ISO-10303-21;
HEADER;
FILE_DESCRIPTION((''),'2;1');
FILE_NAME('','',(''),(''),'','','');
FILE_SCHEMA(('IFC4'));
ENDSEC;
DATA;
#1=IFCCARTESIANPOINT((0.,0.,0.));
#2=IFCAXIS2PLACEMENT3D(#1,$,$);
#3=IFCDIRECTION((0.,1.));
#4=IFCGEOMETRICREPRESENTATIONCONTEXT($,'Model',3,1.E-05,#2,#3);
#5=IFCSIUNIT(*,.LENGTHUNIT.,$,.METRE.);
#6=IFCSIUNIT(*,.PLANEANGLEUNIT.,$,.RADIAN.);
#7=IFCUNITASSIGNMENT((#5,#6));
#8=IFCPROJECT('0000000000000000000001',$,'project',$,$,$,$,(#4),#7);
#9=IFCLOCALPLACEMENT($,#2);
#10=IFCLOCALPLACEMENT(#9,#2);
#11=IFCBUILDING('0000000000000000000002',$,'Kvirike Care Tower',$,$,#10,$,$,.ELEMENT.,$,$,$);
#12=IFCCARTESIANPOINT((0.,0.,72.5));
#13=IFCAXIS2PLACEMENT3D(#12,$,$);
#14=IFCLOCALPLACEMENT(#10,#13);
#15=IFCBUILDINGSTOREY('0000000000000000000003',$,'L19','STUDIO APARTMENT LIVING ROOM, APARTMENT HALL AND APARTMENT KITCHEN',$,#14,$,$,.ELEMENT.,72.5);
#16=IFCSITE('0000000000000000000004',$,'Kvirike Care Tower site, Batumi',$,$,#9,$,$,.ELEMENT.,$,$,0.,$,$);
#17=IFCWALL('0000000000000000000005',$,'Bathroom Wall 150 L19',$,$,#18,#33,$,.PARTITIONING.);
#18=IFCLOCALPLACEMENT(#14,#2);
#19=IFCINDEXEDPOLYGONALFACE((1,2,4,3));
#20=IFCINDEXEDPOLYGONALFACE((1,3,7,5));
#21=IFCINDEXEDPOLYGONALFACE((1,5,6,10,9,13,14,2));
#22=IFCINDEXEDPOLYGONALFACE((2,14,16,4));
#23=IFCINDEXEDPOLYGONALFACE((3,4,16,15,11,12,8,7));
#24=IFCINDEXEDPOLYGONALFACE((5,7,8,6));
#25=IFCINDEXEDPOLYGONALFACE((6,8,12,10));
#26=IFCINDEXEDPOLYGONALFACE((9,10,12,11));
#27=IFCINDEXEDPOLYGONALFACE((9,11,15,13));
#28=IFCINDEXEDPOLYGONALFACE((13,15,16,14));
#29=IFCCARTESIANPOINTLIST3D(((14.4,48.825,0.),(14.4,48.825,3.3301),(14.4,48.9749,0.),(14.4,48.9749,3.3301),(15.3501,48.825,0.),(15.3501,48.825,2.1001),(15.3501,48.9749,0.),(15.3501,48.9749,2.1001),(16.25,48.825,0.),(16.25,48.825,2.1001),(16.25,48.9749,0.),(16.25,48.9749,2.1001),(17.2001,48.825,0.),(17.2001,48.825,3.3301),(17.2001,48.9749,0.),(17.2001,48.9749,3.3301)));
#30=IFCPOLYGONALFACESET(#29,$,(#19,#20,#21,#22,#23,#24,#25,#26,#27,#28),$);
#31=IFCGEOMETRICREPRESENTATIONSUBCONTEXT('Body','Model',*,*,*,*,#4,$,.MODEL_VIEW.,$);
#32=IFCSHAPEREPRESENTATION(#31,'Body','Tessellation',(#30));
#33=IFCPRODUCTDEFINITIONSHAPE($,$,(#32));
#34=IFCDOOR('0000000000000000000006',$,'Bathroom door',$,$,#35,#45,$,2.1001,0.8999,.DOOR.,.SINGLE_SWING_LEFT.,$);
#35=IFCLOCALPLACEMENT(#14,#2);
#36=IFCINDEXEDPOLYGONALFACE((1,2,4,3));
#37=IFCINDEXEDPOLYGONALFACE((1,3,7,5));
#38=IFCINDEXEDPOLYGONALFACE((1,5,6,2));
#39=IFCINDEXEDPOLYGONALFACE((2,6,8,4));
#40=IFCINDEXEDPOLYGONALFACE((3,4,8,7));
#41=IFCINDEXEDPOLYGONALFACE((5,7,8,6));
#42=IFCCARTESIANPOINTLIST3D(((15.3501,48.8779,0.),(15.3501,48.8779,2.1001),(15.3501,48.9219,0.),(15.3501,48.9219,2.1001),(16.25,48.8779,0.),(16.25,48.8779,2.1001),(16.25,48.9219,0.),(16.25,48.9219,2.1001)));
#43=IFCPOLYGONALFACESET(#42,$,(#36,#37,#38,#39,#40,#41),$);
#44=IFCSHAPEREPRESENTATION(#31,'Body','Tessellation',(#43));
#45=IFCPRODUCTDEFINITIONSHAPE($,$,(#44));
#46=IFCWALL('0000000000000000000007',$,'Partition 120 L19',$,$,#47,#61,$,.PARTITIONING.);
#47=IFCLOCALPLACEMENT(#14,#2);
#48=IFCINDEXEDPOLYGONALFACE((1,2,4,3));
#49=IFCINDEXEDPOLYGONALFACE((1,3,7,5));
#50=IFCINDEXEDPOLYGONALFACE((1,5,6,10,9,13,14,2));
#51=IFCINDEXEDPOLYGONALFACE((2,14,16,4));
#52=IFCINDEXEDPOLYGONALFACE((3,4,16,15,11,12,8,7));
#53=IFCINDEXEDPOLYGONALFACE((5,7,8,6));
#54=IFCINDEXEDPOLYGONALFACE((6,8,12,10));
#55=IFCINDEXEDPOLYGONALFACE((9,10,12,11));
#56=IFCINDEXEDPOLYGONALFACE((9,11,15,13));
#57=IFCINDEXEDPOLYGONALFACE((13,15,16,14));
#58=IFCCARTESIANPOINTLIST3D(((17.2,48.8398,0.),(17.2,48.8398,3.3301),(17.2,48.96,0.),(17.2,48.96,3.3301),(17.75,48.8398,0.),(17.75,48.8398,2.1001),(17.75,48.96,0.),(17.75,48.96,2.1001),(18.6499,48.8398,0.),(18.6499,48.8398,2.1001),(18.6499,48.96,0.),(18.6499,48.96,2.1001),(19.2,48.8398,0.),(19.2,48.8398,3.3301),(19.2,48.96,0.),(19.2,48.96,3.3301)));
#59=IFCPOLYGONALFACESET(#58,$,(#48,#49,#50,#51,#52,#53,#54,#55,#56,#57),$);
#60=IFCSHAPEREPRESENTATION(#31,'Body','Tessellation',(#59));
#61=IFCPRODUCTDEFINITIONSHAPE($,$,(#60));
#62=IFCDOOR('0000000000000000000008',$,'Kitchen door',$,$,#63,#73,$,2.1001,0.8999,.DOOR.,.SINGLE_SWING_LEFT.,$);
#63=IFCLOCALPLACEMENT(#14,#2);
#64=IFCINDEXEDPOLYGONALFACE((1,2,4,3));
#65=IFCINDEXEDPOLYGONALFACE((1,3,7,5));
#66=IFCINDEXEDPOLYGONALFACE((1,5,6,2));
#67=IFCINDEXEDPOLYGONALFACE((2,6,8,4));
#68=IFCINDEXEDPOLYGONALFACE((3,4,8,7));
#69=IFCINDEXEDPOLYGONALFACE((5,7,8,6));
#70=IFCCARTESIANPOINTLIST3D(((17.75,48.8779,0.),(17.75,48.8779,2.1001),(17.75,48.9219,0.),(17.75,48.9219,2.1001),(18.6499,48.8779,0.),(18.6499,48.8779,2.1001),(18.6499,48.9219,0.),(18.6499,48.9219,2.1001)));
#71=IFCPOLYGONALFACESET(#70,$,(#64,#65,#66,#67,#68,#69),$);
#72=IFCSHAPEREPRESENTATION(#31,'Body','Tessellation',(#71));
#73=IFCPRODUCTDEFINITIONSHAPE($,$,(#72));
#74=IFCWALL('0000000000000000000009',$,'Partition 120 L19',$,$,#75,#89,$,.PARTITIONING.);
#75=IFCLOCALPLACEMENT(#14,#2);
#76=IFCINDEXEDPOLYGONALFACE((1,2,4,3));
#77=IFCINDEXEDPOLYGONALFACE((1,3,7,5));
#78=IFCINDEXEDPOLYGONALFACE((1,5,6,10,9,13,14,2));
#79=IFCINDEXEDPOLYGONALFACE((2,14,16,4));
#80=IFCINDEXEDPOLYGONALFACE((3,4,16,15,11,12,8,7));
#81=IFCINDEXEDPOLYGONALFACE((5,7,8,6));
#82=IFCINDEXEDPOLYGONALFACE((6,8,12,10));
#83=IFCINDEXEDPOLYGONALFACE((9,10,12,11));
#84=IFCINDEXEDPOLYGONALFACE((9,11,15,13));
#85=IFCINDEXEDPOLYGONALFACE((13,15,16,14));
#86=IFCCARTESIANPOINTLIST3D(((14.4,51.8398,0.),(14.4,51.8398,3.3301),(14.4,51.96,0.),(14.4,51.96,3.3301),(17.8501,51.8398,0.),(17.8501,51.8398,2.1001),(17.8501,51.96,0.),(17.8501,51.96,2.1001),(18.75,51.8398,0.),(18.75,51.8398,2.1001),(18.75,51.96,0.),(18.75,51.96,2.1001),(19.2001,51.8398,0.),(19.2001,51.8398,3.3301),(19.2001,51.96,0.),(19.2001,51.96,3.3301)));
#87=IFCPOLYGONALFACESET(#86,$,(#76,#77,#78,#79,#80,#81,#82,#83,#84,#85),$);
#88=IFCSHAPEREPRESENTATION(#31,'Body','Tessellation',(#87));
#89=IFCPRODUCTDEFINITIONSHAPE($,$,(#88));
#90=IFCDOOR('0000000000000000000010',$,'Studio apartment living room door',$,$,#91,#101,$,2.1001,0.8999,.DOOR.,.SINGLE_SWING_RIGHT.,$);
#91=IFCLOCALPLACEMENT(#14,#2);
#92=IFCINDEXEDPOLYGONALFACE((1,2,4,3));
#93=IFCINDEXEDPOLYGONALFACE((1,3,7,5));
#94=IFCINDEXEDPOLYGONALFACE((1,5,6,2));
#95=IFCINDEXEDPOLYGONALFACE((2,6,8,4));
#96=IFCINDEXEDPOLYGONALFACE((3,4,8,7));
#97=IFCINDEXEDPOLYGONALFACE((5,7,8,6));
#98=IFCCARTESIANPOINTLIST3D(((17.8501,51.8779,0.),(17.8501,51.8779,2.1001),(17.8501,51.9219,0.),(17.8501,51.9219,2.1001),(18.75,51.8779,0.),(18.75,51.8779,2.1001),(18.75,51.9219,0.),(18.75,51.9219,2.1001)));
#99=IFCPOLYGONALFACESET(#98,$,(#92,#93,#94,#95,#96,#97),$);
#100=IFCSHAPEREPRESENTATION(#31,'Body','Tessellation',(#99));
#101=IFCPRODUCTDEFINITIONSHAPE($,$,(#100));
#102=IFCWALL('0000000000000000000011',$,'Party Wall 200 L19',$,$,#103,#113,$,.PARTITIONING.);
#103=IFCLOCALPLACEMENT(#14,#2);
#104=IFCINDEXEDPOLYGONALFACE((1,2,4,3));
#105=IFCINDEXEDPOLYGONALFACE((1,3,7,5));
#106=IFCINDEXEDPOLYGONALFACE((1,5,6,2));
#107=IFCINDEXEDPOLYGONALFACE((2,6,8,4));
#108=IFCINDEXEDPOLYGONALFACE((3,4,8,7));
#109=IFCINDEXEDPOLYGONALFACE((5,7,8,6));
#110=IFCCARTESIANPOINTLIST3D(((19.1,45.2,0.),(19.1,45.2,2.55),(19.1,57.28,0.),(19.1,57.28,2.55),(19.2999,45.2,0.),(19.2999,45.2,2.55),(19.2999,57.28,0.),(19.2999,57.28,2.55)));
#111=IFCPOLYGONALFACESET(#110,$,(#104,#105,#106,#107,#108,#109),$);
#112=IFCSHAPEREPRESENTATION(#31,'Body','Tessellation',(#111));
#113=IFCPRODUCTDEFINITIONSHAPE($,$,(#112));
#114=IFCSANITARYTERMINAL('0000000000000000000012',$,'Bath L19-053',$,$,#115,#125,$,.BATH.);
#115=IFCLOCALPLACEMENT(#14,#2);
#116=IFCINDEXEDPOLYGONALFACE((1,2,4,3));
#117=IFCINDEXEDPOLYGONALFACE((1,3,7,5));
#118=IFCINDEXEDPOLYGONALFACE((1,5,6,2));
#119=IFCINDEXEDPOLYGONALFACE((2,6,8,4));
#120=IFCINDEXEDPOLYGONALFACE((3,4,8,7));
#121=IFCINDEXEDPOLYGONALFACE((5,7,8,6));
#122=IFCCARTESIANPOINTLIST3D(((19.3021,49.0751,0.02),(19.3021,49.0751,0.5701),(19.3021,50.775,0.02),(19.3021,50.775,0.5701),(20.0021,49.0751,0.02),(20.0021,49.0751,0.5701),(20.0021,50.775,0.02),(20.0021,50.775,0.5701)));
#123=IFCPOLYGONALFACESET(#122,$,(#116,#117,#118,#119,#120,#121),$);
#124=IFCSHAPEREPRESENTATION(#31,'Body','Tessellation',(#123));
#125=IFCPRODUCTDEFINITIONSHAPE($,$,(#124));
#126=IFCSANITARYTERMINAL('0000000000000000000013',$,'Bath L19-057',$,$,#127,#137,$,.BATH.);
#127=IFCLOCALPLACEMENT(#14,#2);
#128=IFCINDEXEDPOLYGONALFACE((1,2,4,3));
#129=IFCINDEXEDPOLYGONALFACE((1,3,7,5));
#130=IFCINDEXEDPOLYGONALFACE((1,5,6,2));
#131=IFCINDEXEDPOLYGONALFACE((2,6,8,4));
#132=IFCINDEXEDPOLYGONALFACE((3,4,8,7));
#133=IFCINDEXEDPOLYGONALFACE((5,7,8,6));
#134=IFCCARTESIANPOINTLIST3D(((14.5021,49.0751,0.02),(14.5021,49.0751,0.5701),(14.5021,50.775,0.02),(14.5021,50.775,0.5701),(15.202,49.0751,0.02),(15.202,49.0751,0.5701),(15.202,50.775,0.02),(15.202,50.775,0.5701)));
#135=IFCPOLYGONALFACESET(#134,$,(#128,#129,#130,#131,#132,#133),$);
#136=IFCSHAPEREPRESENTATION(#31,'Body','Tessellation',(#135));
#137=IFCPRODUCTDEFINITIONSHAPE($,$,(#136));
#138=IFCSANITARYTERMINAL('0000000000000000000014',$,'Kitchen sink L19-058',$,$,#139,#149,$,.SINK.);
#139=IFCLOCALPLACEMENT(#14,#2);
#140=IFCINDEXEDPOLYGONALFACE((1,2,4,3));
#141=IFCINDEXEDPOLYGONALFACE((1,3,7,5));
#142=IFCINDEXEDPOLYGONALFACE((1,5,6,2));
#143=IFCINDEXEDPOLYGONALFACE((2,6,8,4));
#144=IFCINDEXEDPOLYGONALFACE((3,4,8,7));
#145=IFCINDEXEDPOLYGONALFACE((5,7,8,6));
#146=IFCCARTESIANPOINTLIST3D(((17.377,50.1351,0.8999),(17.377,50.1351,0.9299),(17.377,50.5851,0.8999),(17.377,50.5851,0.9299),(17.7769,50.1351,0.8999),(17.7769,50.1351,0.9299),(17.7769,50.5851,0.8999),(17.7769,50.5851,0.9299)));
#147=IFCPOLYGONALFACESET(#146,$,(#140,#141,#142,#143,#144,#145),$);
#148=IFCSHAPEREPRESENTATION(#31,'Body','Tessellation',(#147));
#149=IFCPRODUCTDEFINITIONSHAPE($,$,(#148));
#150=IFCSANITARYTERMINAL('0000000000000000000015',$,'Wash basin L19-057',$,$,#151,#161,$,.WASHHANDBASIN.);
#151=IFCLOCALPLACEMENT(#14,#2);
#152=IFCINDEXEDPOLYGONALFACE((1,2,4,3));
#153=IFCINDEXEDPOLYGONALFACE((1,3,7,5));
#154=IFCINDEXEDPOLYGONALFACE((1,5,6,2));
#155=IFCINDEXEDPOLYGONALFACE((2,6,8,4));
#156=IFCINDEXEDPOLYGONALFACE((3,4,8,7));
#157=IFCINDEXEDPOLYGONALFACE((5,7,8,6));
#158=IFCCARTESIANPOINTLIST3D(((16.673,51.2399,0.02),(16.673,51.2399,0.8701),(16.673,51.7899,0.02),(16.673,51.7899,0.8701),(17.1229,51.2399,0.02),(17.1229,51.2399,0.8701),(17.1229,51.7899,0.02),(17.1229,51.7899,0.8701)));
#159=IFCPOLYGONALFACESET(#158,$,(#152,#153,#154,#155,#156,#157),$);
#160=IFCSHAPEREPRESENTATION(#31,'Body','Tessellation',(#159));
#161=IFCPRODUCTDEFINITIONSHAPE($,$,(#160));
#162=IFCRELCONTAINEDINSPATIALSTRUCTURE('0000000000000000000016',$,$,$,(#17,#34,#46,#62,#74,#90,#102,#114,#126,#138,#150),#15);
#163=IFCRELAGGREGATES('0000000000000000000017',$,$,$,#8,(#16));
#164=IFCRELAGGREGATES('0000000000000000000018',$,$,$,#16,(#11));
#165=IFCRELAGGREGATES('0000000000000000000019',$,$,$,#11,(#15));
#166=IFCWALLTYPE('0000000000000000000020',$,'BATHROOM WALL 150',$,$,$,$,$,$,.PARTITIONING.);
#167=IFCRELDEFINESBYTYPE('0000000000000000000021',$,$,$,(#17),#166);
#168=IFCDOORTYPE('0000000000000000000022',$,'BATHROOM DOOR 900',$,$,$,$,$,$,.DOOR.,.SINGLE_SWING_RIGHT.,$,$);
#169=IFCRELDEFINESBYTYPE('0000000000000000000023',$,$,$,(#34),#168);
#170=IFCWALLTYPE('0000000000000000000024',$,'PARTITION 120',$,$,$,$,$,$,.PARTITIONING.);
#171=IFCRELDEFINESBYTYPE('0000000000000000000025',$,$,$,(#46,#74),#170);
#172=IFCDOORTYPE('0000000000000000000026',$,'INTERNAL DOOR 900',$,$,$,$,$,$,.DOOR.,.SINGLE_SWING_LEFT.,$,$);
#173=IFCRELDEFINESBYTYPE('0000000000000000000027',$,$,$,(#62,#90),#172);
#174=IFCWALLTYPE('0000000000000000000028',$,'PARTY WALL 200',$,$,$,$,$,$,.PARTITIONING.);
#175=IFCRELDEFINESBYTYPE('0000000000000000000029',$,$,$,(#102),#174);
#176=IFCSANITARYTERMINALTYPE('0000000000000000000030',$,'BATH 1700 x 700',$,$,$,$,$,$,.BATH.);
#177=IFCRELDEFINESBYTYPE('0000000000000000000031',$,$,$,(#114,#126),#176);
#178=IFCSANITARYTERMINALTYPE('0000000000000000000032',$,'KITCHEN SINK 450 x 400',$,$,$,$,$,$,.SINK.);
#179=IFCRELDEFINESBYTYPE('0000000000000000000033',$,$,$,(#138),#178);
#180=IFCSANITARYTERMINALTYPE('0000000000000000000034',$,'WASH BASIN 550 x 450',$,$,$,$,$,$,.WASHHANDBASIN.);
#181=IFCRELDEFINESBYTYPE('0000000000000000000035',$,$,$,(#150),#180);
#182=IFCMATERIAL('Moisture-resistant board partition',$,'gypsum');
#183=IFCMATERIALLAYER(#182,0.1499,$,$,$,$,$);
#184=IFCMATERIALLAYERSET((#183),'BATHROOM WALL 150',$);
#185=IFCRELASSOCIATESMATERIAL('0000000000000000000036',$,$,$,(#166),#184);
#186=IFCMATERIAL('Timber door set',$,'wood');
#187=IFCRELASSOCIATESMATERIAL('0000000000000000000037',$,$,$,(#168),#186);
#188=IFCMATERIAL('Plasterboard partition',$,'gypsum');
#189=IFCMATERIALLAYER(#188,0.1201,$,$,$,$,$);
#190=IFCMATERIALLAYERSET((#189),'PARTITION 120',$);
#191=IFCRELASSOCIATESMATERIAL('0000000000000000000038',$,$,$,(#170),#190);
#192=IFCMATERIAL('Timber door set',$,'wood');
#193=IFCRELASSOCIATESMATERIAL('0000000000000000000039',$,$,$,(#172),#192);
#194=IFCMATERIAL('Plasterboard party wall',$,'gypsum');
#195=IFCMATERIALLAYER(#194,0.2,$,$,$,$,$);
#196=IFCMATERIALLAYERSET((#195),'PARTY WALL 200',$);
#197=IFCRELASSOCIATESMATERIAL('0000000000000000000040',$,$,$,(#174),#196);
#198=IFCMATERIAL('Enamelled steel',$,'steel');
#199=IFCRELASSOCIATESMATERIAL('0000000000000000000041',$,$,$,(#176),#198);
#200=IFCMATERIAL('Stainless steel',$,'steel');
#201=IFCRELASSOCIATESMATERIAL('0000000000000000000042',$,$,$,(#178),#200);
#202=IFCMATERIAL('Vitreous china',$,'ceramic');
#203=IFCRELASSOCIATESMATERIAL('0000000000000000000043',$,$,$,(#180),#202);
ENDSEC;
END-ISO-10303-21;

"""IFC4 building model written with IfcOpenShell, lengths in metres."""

from ifc_helpers import new_model, si_unit, direction, frame, frame_2d, origin, origin_2d, place, context, subcontext, project, spatial, rectangle, extrude, material, layer, layer_set, type_object, element, fill, save


model = new_model("IFC4")

# Units and contexts
model_context = context("Model", 3, precision=1e-05, world=origin(), true_north=direction((0.0, 1.0)))
body_context = subcontext(model_context, "Body", "Model", "MODEL_VIEW")
ifc_project = project(units=[si_unit("LENGTHUNIT", "METRE"), si_unit("PLANEANGLEUNIT", "RADIAN")], contexts=[model_context])

# Site, building, storey
site_placement = place(None, origin())
site = spatial("IfcSite", under=ifc_project, at=site_placement, Name="Kvirike Care Tower site, Batumi", CompositionType="ELEMENT", RefElevation=0.0)
building_placement = place(site_placement, origin())
building = spatial("IfcBuilding", under=site, at=building_placement, Name="Kvirike Care Tower", CompositionType="ELEMENT")
storey_placement = place(building_placement, frame((0.0, 0.0, 72.5)))
storey = spatial("IfcBuildingStorey", under=building, at=storey_placement, Name="L19", Description="STUDIO APARTMENT LIVING ROOM, APARTMENT HALL AND APARTMENT KITCHEN", CompositionType="ELEMENT", Elevation=72.5)

# Shared definitions
ifc_material_1 = material(Name="Moisture-resistant board partition", Category="gypsum")
ifc_layer_1 = layer(ifc_material_1, 0.1499)
ifc_layer_set_1 = layer_set([ifc_layer_1], Name="BATHROOM WALL 150")
wall_type_1 = type_object("IfcWallType", Name="BATHROOM WALL 150", PredefinedType="PARTITIONING", material=ifc_layer_set_1)

# Walls, openings, doors
wall_1_placement = place(storey_placement, frame((17.2, 48.8999, 0.0), z_axis=(0.0, 0.0, 1.0), x_axis=(-1.0, 0.0, 0.0)))
wall_1 = element("IfcWall", 1, at=wall_1_placement, inside=storey, type_object=wall_type_1, Name="Bathroom Wall 150 L19", PredefinedType="PARTITIONING", context=body_context, shape_type="SweptSolid", body=[
    extrude(rectangle(XDim=2.8, YDim=0.1499, at=frame_2d((1.3999, 0.0))), origin(), (0.0, 0.0, 1.0), 3.3301),
])
opening_1_placement = place(wall_1_placement, frame((0.95, 0.0, 0.0)))
opening_1 = element("IfcOpeningElement", 2, at=opening_1_placement, cuts=wall_1, PredefinedType="OPENING", context=body_context, shape_type="SweptSolid", body=[
    extrude(rectangle(XDim=0.8999, YDim=2.1001, at=frame_2d((0.45, 1.05))), frame((0.0, 0.0854, 0.0), z_axis=(0.0, -1.0, 0.0), x_axis=(1.0, 0.0, 0.0)), (0.0, 0.0, 1.0), 0.1709),
])
ifc_material_2 = material(Name="Timber door set", Category="wood")
door_type_1 = type_object("IfcDoorType", Name="BATHROOM DOOR 900", OperationType="SINGLE_SWING_RIGHT", PredefinedType="DOOR", material=ifc_material_2)
door_1_placement = place(opening_1_placement, frame((0.8999, 0.0, 0.0), z_axis=(0.0, 0.0, 1.0), x_axis=(-1.0, 0.0, 0.0)))
door_1 = element("IfcDoor", 3, at=door_1_placement, inside=storey, type_object=door_type_1, Name="Bathroom door", OperationType="SINGLE_SWING_LEFT", OverallHeight=2.1001, OverallWidth=0.8999, PredefinedType="DOOR", context=body_context, shape_type="SweptSolid", body=[
    extrude(rectangle(XDim=0.8999, YDim=2.1001, at=frame_2d((0.45, 1.05))), frame((0.0, 0.022, 0.0), z_axis=(0.0, -1.0, 0.0), x_axis=(1.0, 0.0, 0.0)), (0.0, 0.0, 1.0), 0.0439),
])
fill(opening_1, door_1)
ifc_material_3 = material(Name="Plasterboard partition", Category="gypsum")
ifc_layer_2 = layer(ifc_material_3, 0.1201)
ifc_layer_set_2 = layer_set([ifc_layer_2], Name="PARTITION 120")
wall_type_2 = type_object("IfcWallType", Name="PARTITION 120", PredefinedType="PARTITIONING", material=ifc_layer_set_2)
wall_2_placement = place(storey_placement, frame((19.2, 48.8999, 0.0), z_axis=(0.0, 0.0, 1.0), x_axis=(-1.0, 0.0, 0.0)))
wall_2 = element("IfcWall", 4, at=wall_2_placement, inside=storey, type_object=wall_type_2, Name="Partition 120 L19", PredefinedType="PARTITIONING", context=body_context, shape_type="SweptSolid", body=[
    extrude(rectangle(XDim=2.0, YDim=0.1201, at=frame_2d((1.0, 0.0))), origin(), (0.0, 0.0, 1.0), 3.3301),
])
opening_2_placement = place(wall_2_placement, frame((0.55, 0.0, 0.0)))
opening_2 = element("IfcOpeningElement", 5, at=opening_2_placement, cuts=wall_2, PredefinedType="OPENING", context=body_context, shape_type="SweptSolid", body=[
    extrude(rectangle(XDim=0.8999, YDim=2.1001, at=frame_2d((0.45, 1.05))), frame((0.0, 0.0706, 0.0), z_axis=(0.0, -1.0, 0.0), x_axis=(1.0, 0.0, 0.0)), (0.0, 0.0, 1.0), 0.1411),
])
ifc_material_4 = material(Name="Timber door set", Category="wood")
door_type_2 = type_object("IfcDoorType", Name="INTERNAL DOOR 900", OperationType="SINGLE_SWING_LEFT", PredefinedType="DOOR", material=ifc_material_4)
door_2_placement = place(opening_2_placement, frame((0.8999, 0.0, 0.0), z_axis=(0.0, 0.0, 1.0), x_axis=(-1.0, 0.0, 0.0)))
door_2 = element("IfcDoor", 6, at=door_2_placement, inside=storey, type_object=door_type_2, Name="Kitchen door", OperationType="SINGLE_SWING_LEFT", OverallHeight=2.1001, OverallWidth=0.8999, PredefinedType="DOOR", context=body_context, shape_type="SweptSolid", body=[
    extrude(rectangle(XDim=0.8999, YDim=2.1001, at=frame_2d((0.45, 1.05))), frame((0.0, 0.022, 0.0), z_axis=(0.0, -1.0, 0.0), x_axis=(1.0, 0.0, 0.0)), (0.0, 0.0, 1.0), 0.0439),
])
fill(opening_2, door_2)
wall_3_placement = place(storey_placement, frame((19.2, 51.8999, 0.0), z_axis=(0.0, 0.0, 1.0), x_axis=(-1.0, 0.0, 0.0)))
wall_3 = element("IfcWall", 7, at=wall_3_placement, inside=storey, type_object=wall_type_2, Name="Partition 120 L19", PredefinedType="PARTITIONING", context=body_context, shape_type="SweptSolid", body=[
    extrude(rectangle(XDim=4.8, YDim=0.1201, at=frame_2d((2.3999, 0.0))), origin(), (0.0, 0.0, 1.0), 3.3301),
])
opening_3_placement = place(wall_3_placement, frame((0.45, 0.0, 0.0)))
opening_3 = element("IfcOpeningElement", 8, at=opening_3_placement, cuts=wall_3, PredefinedType="OPENING", context=body_context, shape_type="SweptSolid", body=[
    extrude(rectangle(XDim=0.8999, YDim=2.1001, at=frame_2d((0.45, 1.05))), frame((0.0, 0.0706, 0.0), z_axis=(0.0, -1.0, 0.0), x_axis=(1.0, 0.0, 0.0)), (0.0, 0.0, 1.0), 0.1411),
])
door_3_placement = place(opening_3_placement, origin())
door_3 = element("IfcDoor", 9, at=door_3_placement, inside=storey, type_object=door_type_2, Name="Studio apartment living room door", OperationType="SINGLE_SWING_RIGHT", OverallHeight=2.1001, OverallWidth=0.8999, PredefinedType="DOOR", context=body_context, shape_type="SweptSolid", body=[
    extrude(rectangle(XDim=0.8999, YDim=2.1001, at=frame_2d((0.45, 1.05))), frame((0.0, 0.022, 0.0), z_axis=(0.0, -1.0, 0.0), x_axis=(1.0, 0.0, 0.0)), (0.0, 0.0, 1.0), 0.0439),
])
fill(opening_3, door_3)

# Wall
ifc_material_5 = material(Name="Plasterboard party wall", Category="gypsum")
ifc_layer_3 = layer(ifc_material_5, 0.2)
ifc_layer_set_3 = layer_set([ifc_layer_3], Name="PARTY WALL 200")
wall_type_3 = type_object("IfcWallType", Name="PARTY WALL 200", PredefinedType="PARTITIONING", material=ifc_layer_set_3)
wall_4_placement = place(storey_placement, frame((19.2, 57.28, 0.0), z_axis=(0.0, 0.0, 1.0), x_axis=(0.0, -1.0, 0.0)))
element("IfcWall", 10, at=wall_4_placement, inside=storey, type_object=wall_type_3, Name="Party Wall 200 L19", PredefinedType="PARTITIONING", context=body_context, shape_type="SweptSolid", body=[
    extrude(rectangle(XDim=12.0801, YDim=0.2, at=frame_2d((6.04, 0.0))), origin(), (0.0, 0.0, 1.0), 2.55),
])

# Sanitary terminals
ifc_material_6 = material(Name="Enamelled steel", Category="steel")
sanitary_terminal_type_1 = type_object("IfcSanitaryTerminalType", Name="BATH 1700 x 700", PredefinedType="BATH", material=ifc_material_6)
for number, where, z_axis, x_axis, name in (
    (11, (19.6521, 49.925, 0.02), (0.0, 0.0, 1.0), (0.0, 1.0, 0.0), "Bath L19-053"),
    (12, (14.8521, 49.925, 0.02), (0.0, 0.0, 1.0), (0.0, 1.0, 0.0), "Bath L19-057"),
):
    element("IfcSanitaryTerminal", number, at=place(storey_placement, frame(where, z_axis=z_axis, x_axis=x_axis)), inside=storey, type_object=sanitary_terminal_type_1, Name=name, PredefinedType="BATH", context=body_context, shape_type="SweptSolid", body=[
        extrude(rectangle(XDim=1.7, YDim=0.7, at=origin_2d()), origin(), (0.0, 0.0, 1.0), 0.55),
    ])
ifc_material_7 = material(Name="Stainless steel", Category="steel")
sanitary_terminal_type_2 = type_object("IfcSanitaryTerminalType", Name="KITCHEN SINK 450 x 400", PredefinedType="SINK", material=ifc_material_7)
sanitary_terminal_1_placement = place(storey_placement, frame((17.5769, 50.3601, 0.8999), z_axis=(0.0, 0.0, 1.0), x_axis=(0.0, 1.0, 0.0)))
element("IfcSanitaryTerminal", 13, at=sanitary_terminal_1_placement, inside=storey, type_object=sanitary_terminal_type_2, Name="Kitchen sink L19-058", PredefinedType="SINK", context=body_context, shape_type="SweptSolid", body=[
    extrude(rectangle(XDim=0.45, YDim=0.3999, at=origin_2d()), origin(), (0.0, 0.0, 1.0), 0.03),
])
ifc_material_8 = material(Name="Vitreous china", Category="ceramic")
sanitary_terminal_type_3 = type_object("IfcSanitaryTerminalType", Name="WASH BASIN 550 x 450", PredefinedType="WASHHANDBASIN", material=ifc_material_8)
sanitary_terminal_2_placement = place(storey_placement, frame((16.8979, 51.5149, 0.02), z_axis=(0.0, 0.0, 1.0), x_axis=(0.0, -1.0, 0.0)))
element("IfcSanitaryTerminal", 14, at=sanitary_terminal_2_placement, inside=storey, type_object=sanitary_terminal_type_3, Name="Wash basin L19-057", PredefinedType="WASHHANDBASIN", context=body_context, shape_type="SweptSolid", body=[
    extrude(rectangle(XDim=0.55, YDim=0.45, at=origin_2d()), origin(), (0.0, 0.0, 1.0), 0.8501),
])

save(model, "model.ifc")
